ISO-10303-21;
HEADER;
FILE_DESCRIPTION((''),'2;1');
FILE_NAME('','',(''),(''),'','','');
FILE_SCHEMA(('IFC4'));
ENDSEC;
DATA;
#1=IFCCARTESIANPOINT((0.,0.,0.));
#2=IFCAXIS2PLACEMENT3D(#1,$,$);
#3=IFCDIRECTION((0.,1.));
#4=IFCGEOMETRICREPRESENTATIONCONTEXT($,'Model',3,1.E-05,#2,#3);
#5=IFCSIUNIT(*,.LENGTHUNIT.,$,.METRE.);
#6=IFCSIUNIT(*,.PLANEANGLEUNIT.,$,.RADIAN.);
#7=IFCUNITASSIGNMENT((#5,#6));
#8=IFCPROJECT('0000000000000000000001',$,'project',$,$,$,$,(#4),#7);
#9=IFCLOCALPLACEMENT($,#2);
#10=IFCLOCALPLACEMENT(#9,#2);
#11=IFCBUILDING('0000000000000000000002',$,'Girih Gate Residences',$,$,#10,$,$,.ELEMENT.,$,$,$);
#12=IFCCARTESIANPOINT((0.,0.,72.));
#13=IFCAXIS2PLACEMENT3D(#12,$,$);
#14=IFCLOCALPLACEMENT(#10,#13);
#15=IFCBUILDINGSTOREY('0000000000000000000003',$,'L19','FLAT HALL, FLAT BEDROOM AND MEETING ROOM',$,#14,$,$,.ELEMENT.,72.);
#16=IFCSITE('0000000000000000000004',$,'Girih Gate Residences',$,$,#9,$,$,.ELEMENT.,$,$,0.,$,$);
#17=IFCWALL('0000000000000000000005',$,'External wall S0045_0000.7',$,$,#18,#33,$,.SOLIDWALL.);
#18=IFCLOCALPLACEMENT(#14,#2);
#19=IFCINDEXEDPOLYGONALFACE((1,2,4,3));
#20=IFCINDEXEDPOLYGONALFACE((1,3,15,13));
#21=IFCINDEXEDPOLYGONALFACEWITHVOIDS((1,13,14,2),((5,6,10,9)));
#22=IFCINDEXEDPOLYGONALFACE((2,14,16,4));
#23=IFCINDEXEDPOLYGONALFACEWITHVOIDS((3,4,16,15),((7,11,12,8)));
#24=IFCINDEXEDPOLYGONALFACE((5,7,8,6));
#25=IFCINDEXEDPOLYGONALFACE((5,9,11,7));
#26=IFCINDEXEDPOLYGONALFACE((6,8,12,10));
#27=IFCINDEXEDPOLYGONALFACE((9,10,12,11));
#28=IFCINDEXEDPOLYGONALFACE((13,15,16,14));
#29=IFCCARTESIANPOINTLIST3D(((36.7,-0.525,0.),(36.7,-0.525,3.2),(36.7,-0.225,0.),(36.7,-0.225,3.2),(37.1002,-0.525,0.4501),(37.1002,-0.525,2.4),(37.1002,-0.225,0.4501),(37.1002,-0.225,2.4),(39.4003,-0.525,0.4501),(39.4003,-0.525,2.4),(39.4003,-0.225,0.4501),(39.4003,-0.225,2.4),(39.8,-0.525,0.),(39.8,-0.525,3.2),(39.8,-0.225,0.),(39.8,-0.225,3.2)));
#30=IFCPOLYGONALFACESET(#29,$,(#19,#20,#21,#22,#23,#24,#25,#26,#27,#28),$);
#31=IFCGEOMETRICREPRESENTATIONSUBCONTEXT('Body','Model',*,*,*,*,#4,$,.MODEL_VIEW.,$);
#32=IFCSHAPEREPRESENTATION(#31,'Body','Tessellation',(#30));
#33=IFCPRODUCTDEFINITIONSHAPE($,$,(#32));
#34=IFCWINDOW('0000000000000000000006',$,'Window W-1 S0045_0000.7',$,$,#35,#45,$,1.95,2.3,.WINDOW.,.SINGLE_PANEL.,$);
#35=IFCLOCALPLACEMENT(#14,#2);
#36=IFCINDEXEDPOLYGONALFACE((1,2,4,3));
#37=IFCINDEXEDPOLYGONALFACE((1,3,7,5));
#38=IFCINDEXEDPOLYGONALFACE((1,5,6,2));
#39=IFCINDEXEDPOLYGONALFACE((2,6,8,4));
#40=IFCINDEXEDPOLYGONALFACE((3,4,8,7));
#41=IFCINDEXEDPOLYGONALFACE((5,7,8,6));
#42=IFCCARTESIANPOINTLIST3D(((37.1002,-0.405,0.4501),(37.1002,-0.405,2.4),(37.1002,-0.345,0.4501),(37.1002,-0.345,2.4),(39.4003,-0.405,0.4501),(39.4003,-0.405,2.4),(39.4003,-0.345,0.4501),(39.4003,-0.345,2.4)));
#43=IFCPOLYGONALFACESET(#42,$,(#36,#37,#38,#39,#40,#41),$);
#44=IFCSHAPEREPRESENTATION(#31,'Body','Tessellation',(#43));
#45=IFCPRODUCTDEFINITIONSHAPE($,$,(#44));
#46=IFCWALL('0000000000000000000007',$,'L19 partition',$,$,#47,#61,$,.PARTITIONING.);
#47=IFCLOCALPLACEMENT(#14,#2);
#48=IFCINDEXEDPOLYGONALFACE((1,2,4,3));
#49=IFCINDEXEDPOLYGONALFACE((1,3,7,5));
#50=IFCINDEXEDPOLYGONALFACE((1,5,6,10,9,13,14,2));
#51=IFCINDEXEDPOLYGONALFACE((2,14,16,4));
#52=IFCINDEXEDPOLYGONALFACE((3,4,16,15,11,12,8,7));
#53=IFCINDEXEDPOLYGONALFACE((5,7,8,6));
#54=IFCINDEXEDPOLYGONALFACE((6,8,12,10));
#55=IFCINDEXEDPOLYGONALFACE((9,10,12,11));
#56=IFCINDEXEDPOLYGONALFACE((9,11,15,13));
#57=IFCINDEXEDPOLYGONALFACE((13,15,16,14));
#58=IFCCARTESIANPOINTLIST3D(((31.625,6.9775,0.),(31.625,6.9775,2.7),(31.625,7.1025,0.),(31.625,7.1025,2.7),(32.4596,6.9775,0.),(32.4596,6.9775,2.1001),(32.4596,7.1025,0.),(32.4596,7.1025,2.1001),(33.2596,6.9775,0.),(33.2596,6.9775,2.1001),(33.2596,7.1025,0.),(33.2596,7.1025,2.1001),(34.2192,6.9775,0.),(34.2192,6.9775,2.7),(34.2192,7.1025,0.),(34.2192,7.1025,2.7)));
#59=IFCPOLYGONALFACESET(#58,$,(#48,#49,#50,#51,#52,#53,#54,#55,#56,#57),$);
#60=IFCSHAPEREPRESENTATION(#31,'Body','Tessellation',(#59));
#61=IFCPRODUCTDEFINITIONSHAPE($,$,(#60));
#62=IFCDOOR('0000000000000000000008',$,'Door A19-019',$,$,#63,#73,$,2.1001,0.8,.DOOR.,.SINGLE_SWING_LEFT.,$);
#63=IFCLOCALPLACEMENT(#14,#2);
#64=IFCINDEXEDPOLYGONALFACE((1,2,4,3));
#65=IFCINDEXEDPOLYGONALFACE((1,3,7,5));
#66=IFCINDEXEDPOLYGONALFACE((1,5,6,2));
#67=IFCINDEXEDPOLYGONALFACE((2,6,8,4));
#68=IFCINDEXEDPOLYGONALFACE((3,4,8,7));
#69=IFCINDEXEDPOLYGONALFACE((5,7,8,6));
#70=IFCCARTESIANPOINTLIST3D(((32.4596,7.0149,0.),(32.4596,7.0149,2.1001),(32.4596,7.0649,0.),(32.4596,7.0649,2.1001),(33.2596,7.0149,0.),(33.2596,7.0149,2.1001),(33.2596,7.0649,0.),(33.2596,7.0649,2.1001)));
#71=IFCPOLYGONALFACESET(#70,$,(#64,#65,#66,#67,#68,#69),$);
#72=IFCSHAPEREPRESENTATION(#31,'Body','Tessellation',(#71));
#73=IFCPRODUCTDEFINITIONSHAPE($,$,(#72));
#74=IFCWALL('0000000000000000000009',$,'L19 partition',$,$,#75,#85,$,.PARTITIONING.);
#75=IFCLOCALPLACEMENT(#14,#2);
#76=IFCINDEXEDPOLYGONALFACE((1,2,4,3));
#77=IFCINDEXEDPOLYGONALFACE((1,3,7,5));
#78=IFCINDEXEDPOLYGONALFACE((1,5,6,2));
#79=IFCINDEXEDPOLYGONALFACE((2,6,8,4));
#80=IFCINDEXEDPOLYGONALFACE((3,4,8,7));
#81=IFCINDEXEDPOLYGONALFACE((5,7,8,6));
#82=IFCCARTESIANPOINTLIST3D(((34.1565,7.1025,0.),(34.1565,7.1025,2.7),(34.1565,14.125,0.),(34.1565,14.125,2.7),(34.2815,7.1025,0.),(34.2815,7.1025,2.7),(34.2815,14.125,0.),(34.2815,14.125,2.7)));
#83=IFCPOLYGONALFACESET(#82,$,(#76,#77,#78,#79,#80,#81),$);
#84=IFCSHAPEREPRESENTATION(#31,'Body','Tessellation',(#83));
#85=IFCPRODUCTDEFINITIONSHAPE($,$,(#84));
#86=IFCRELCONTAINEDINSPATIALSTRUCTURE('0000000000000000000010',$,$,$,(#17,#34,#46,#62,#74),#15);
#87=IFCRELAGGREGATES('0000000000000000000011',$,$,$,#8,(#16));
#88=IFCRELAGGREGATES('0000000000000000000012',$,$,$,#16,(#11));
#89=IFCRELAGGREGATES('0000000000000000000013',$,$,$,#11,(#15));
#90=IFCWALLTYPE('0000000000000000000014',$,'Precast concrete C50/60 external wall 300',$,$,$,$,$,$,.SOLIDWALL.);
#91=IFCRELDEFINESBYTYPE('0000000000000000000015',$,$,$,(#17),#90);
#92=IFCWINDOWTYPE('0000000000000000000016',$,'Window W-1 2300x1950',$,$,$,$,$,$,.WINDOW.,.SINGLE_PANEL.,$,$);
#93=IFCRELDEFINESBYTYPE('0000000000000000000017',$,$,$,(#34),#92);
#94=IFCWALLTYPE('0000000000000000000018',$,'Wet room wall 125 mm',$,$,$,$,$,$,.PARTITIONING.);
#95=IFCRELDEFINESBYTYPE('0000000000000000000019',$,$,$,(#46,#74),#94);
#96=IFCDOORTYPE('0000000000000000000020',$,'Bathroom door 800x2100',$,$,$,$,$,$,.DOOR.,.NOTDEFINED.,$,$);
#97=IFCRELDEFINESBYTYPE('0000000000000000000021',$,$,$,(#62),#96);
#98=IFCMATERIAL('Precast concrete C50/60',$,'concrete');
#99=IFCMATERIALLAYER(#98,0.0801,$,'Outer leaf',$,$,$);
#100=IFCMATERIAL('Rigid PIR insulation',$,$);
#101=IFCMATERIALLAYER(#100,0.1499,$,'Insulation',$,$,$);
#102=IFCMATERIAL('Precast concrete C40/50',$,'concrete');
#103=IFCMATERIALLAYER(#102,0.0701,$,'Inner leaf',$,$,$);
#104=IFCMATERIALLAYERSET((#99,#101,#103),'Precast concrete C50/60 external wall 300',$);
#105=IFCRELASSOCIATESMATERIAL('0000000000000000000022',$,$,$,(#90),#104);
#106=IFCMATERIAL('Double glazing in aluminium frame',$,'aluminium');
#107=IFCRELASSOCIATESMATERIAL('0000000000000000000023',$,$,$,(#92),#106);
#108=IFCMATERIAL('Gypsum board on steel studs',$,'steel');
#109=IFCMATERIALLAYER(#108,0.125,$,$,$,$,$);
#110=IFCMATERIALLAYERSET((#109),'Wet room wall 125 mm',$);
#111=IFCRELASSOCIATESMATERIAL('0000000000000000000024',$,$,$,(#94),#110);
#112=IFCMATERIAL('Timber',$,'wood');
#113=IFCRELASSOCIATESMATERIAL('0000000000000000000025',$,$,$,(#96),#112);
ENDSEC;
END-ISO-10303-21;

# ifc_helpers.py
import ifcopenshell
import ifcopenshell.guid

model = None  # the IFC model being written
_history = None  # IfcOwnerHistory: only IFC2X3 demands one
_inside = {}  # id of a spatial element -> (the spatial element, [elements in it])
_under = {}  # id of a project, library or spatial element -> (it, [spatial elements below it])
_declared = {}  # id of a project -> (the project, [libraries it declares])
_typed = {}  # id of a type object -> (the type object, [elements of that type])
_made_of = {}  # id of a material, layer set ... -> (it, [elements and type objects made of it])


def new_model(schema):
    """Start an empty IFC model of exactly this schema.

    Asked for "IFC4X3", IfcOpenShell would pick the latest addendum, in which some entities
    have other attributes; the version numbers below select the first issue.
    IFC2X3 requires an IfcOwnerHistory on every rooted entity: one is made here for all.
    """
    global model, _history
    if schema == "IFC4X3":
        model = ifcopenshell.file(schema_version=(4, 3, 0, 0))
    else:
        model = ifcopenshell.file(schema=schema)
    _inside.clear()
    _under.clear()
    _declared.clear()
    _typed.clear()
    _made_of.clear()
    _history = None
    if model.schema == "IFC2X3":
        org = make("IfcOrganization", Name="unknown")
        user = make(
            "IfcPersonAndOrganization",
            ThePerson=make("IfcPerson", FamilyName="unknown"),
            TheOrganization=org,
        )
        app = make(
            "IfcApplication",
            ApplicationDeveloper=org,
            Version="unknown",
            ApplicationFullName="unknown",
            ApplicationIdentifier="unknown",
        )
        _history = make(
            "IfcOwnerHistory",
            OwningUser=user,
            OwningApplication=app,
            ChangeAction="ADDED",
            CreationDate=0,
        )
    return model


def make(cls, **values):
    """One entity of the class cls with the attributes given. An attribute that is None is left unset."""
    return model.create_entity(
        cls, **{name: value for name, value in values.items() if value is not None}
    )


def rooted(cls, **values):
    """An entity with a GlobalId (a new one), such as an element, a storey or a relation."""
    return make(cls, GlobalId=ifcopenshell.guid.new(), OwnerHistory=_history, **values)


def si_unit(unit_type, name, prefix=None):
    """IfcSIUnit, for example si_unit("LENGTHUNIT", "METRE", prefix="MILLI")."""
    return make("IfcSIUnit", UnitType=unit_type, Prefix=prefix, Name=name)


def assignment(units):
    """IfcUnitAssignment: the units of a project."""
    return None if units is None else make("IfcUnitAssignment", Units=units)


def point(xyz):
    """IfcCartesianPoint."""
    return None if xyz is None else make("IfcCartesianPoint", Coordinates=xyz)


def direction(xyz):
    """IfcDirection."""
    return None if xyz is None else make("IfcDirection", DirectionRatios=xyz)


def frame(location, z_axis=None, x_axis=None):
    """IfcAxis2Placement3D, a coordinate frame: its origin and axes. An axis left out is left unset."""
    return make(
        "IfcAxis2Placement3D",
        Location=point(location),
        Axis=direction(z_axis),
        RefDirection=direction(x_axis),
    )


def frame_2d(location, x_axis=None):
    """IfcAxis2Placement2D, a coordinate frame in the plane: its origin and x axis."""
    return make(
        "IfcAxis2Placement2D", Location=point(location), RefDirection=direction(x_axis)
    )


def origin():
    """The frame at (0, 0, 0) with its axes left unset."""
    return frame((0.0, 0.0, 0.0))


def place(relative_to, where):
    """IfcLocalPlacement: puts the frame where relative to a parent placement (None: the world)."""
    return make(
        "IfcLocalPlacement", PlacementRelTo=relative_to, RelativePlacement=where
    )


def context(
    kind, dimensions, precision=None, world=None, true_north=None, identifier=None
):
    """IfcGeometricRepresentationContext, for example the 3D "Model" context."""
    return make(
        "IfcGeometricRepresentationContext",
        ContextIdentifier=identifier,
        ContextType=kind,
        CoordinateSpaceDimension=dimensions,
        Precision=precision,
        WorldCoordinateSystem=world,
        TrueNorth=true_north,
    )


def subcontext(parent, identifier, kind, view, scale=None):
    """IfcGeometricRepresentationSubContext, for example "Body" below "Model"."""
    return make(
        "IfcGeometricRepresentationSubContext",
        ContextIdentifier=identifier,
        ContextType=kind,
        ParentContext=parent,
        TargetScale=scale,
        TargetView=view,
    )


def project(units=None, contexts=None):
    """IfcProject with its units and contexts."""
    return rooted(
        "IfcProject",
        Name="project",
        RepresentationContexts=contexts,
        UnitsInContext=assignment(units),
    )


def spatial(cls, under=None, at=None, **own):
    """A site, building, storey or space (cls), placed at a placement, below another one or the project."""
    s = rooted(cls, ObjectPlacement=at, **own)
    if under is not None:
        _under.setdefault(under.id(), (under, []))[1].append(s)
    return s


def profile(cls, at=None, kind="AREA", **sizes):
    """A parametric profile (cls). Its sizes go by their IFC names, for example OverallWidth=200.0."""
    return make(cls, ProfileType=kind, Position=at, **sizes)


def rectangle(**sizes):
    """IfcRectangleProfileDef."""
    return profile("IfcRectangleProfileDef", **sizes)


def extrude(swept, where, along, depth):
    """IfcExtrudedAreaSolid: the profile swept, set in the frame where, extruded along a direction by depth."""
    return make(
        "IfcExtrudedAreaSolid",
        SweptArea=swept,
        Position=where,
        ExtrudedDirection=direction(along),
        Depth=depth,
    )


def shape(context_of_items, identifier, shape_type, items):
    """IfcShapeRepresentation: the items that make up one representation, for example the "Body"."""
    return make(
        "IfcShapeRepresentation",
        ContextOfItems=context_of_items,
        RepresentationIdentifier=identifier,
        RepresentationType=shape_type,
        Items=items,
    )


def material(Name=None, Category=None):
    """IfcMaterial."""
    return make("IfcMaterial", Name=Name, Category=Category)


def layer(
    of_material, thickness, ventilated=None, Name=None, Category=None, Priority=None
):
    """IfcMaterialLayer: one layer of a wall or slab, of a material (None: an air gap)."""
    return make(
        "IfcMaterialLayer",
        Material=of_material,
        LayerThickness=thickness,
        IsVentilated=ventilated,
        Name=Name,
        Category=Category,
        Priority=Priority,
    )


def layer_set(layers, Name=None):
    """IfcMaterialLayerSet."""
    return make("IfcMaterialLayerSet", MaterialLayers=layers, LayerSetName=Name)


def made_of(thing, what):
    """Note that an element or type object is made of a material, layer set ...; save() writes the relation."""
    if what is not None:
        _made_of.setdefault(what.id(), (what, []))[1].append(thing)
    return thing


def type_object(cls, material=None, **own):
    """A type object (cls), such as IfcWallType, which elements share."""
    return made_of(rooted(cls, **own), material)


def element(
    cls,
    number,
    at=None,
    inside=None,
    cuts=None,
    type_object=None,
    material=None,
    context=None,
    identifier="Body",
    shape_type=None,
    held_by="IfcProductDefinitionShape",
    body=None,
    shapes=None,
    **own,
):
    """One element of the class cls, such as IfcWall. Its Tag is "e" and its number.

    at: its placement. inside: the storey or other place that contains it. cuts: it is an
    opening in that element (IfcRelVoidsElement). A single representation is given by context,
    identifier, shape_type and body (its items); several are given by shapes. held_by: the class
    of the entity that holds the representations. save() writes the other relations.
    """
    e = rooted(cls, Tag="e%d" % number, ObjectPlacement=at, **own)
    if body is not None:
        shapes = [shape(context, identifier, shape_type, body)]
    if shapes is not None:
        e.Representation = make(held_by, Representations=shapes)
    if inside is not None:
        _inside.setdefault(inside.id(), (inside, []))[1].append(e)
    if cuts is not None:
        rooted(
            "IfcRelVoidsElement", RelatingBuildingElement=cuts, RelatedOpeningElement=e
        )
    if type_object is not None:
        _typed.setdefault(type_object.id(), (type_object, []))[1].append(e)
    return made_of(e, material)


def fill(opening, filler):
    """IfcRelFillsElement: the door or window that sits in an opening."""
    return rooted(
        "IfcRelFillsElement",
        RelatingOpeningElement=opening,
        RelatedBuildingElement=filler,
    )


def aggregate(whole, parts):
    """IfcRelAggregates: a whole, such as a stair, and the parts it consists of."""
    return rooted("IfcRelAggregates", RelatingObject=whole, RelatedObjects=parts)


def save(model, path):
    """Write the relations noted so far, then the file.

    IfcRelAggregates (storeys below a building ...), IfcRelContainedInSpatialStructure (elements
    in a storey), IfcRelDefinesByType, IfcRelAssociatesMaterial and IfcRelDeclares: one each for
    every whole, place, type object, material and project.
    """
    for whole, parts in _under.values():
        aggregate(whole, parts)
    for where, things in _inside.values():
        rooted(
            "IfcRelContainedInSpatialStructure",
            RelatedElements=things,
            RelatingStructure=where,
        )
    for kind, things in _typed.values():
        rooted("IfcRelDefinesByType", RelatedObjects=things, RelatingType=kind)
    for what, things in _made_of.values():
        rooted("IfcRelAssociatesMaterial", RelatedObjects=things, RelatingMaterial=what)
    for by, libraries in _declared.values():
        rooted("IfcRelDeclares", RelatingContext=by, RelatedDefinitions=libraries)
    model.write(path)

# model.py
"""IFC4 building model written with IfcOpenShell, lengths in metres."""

from ifc_helpers import new_model, si_unit, direction, frame, frame_2d, origin, place, context, subcontext, project, spatial, rectangle, extrude, material, layer, layer_set, type_object, element, fill, save


model = new_model("IFC4")

# Units and contexts
model_context = context("Model", 3, precision=1e-05, world=origin(), true_north=direction((0.0, 1.0)))
body_context = subcontext(model_context, "Body", "Model", "MODEL_VIEW")
ifc_project = project(units=[si_unit("LENGTHUNIT", "METRE"), si_unit("PLANEANGLEUNIT", "RADIAN")], contexts=[model_context])

# Site, building, storey
site_placement = place(None, origin())
site = spatial("IfcSite", under=ifc_project, at=site_placement, Name="Girih Gate Residences", CompositionType="ELEMENT", RefElevation=0.0)
building_placement = place(site_placement, origin())
building = spatial("IfcBuilding", under=site, at=building_placement, Name="Girih Gate Residences", CompositionType="ELEMENT")
storey_placement = place(building_placement, frame((0.0, 0.0, 72.0)))
storey = spatial("IfcBuildingStorey", under=building, at=storey_placement, Name="L19", Description="FLAT HALL, FLAT BEDROOM AND MEETING ROOM", CompositionType="ELEMENT", Elevation=72.0)

# Shared definitions
ifc_material_1 = material(Name="Gypsum board on steel studs", Category="steel")

# Shared definitions
ifc_material_2 = material(Name="Timber", Category="wood")

# Wall, opening, window
ifc_material_3 = material(Name="Precast concrete C50/60", Category="concrete")
ifc_layer_1 = layer(ifc_material_3, 0.0801, Name="Outer leaf")
ifc_material_4 = material(Name="Rigid PIR insulation")
ifc_layer_2 = layer(ifc_material_4, 0.1499, Name="Insulation")
ifc_material_5 = material(Name="Precast concrete C40/50", Category="concrete")
ifc_layer_3 = layer(ifc_material_5, 0.0701, Name="Inner leaf")
ifc_layer_set_1 = layer_set([ifc_layer_1, ifc_layer_2, ifc_layer_3], Name="Precast concrete C50/60 external wall 300")
wall_type_1 = type_object("IfcWallType", Name="Precast concrete C50/60 external wall 300", PredefinedType="SOLIDWALL", material=ifc_layer_set_1)
ifc_material_6 = material(Name="Double glazing in aluminium frame", Category="aluminium")
window_type = type_object("IfcWindowType", Name="Window W-1 2300x1950", PartitioningType="SINGLE_PANEL", PredefinedType="WINDOW", material=ifc_material_6)
wall_1_placement = place(storey_placement, frame((39.8, -0.375, 0.0), z_axis=(0.0, 0.0, 1.0), x_axis=(-1.0, 0.0, 0.0)))
wall_1 = element("IfcWall", 1, at=wall_1_placement, inside=storey, type_object=wall_type_1, Name="External wall S0045_0000.7", PredefinedType="SOLIDWALL", context=body_context, shape_type="SweptSolid", body=[
    extrude(rectangle(XDim=3.1001, YDim=0.3, at=frame_2d((1.55, 0.0))), origin(), (0.0, 0.0, 1.0), 3.2),
])
opening_1_placement = place(wall_1_placement, frame((0.3999, 0.0, 0.45)))
opening_1 = element("IfcOpeningElement", 2, at=opening_1_placement, cuts=wall_1, PredefinedType="OPENING", context=body_context, shape_type="SweptSolid", body=[
    extrude(rectangle(XDim=2.3, YDim=1.95, at=frame_2d((1.1499, 0.9751))), frame((0.0, 0.1599, 0.0), z_axis=(0.0, -1.0, 0.0), x_axis=(1.0, 0.0, 0.0)), (0.0, 0.0, 1.0), 0.3201),
])
window_1_placement = place(opening_1_placement, origin())
window_1 = element("IfcWindow", 3, at=window_1_placement, inside=storey, type_object=window_type, Name="Window W-1 S0045_0000.7", OverallHeight=1.95, OverallWidth=2.3, PartitioningType="SINGLE_PANEL", PredefinedType="WINDOW", context=body_context, shape_type="SweptSolid", body=[
    extrude(rectangle(XDim=2.3, YDim=1.95, at=frame_2d((1.1499, 0.9751))), frame((0.0, 0.03, 0.0), z_axis=(0.0, -1.0, 0.0), x_axis=(1.0, 0.0, 0.0)), (0.0, 0.0, 1.0), 0.0601),
])
fill(opening_1, window_1)

# Wall, opening, door
ifc_layer_4 = layer(ifc_material_1, 0.125)
ifc_layer_set_2 = layer_set([ifc_layer_4], Name="Wet room wall 125 mm")
wall_type_2 = type_object("IfcWallType", Name="Wet room wall 125 mm", PredefinedType="PARTITIONING", material=ifc_layer_set_2)
wall_2_placement = place(storey_placement, frame((31.625, 7.04, 0.0), z_axis=(0.0, 0.0, 1.0), x_axis=(1.0, 0.0, 0.0)))
wall_2 = element("IfcWall", 4, at=wall_2_placement, inside=storey, type_object=wall_type_2, Name="L19 partition", PredefinedType="PARTITIONING", context=body_context, shape_type="SweptSolid", body=[
    extrude(rectangle(XDim=2.5942, YDim=0.125, at=frame_2d((1.2971, 0.0))), origin(), (0.0, 0.0, 1.0), 2.7),
])
opening_2_placement = place(wall_2_placement, frame((0.8347, 0.0, 0.0)))
opening_2 = element("IfcOpeningElement", 5, at=opening_2_placement, cuts=wall_2, PredefinedType="OPENING", context=body_context, shape_type="SweptSolid", body=[
    extrude(rectangle(XDim=0.8, YDim=2.1001, at=frame_2d((0.3999, 1.05))), frame((0.0, 0.0725, 0.0), z_axis=(0.0, -1.0, 0.0), x_axis=(1.0, 0.0, 0.0)), (0.0, 0.0, 1.0), 0.145),
])
door_type_1 = type_object("IfcDoorType", Name="Bathroom door 800x2100", OperationType="NOTDEFINED", PredefinedType="DOOR", material=ifc_material_2)
door_1_placement = place(opening_2_placement, origin())
door_1 = element("IfcDoor", 6, at=door_1_placement, inside=storey, type_object=door_type_1, Name="Door A19-019", OperationType="SINGLE_SWING_LEFT", OverallHeight=2.1001, OverallWidth=0.8, PredefinedType="DOOR", context=body_context, shape_type="SweptSolid", body=[
    extrude(rectangle(XDim=0.8, YDim=2.1001, at=frame_2d((0.3999, 1.05))), frame((0.0, 0.0249, 0.0), z_axis=(0.0, -1.0, 0.0), x_axis=(1.0, 0.0, 0.0)), (0.0, 0.0, 1.0), 0.05),
])
fill(opening_2, door_1)

# Wall
wall_3_placement = place(storey_placement, frame((34.219, 7.1025, 0.0), z_axis=(0.0, 0.0, 1.0), x_axis=(0.0, 1.0, 0.0)))
element("IfcWall", 7, at=wall_3_placement, inside=storey, type_object=wall_type_2, Name="L19 partition", PredefinedType="PARTITIONING", context=body_context, shape_type="SweptSolid", body=[
    extrude(rectangle(XDim=7.0225, YDim=0.125, at=frame_2d((3.5112, 0.0))), origin(), (0.0, 0.0, 1.0), 2.7),
])

save(model, "model.ifc")
